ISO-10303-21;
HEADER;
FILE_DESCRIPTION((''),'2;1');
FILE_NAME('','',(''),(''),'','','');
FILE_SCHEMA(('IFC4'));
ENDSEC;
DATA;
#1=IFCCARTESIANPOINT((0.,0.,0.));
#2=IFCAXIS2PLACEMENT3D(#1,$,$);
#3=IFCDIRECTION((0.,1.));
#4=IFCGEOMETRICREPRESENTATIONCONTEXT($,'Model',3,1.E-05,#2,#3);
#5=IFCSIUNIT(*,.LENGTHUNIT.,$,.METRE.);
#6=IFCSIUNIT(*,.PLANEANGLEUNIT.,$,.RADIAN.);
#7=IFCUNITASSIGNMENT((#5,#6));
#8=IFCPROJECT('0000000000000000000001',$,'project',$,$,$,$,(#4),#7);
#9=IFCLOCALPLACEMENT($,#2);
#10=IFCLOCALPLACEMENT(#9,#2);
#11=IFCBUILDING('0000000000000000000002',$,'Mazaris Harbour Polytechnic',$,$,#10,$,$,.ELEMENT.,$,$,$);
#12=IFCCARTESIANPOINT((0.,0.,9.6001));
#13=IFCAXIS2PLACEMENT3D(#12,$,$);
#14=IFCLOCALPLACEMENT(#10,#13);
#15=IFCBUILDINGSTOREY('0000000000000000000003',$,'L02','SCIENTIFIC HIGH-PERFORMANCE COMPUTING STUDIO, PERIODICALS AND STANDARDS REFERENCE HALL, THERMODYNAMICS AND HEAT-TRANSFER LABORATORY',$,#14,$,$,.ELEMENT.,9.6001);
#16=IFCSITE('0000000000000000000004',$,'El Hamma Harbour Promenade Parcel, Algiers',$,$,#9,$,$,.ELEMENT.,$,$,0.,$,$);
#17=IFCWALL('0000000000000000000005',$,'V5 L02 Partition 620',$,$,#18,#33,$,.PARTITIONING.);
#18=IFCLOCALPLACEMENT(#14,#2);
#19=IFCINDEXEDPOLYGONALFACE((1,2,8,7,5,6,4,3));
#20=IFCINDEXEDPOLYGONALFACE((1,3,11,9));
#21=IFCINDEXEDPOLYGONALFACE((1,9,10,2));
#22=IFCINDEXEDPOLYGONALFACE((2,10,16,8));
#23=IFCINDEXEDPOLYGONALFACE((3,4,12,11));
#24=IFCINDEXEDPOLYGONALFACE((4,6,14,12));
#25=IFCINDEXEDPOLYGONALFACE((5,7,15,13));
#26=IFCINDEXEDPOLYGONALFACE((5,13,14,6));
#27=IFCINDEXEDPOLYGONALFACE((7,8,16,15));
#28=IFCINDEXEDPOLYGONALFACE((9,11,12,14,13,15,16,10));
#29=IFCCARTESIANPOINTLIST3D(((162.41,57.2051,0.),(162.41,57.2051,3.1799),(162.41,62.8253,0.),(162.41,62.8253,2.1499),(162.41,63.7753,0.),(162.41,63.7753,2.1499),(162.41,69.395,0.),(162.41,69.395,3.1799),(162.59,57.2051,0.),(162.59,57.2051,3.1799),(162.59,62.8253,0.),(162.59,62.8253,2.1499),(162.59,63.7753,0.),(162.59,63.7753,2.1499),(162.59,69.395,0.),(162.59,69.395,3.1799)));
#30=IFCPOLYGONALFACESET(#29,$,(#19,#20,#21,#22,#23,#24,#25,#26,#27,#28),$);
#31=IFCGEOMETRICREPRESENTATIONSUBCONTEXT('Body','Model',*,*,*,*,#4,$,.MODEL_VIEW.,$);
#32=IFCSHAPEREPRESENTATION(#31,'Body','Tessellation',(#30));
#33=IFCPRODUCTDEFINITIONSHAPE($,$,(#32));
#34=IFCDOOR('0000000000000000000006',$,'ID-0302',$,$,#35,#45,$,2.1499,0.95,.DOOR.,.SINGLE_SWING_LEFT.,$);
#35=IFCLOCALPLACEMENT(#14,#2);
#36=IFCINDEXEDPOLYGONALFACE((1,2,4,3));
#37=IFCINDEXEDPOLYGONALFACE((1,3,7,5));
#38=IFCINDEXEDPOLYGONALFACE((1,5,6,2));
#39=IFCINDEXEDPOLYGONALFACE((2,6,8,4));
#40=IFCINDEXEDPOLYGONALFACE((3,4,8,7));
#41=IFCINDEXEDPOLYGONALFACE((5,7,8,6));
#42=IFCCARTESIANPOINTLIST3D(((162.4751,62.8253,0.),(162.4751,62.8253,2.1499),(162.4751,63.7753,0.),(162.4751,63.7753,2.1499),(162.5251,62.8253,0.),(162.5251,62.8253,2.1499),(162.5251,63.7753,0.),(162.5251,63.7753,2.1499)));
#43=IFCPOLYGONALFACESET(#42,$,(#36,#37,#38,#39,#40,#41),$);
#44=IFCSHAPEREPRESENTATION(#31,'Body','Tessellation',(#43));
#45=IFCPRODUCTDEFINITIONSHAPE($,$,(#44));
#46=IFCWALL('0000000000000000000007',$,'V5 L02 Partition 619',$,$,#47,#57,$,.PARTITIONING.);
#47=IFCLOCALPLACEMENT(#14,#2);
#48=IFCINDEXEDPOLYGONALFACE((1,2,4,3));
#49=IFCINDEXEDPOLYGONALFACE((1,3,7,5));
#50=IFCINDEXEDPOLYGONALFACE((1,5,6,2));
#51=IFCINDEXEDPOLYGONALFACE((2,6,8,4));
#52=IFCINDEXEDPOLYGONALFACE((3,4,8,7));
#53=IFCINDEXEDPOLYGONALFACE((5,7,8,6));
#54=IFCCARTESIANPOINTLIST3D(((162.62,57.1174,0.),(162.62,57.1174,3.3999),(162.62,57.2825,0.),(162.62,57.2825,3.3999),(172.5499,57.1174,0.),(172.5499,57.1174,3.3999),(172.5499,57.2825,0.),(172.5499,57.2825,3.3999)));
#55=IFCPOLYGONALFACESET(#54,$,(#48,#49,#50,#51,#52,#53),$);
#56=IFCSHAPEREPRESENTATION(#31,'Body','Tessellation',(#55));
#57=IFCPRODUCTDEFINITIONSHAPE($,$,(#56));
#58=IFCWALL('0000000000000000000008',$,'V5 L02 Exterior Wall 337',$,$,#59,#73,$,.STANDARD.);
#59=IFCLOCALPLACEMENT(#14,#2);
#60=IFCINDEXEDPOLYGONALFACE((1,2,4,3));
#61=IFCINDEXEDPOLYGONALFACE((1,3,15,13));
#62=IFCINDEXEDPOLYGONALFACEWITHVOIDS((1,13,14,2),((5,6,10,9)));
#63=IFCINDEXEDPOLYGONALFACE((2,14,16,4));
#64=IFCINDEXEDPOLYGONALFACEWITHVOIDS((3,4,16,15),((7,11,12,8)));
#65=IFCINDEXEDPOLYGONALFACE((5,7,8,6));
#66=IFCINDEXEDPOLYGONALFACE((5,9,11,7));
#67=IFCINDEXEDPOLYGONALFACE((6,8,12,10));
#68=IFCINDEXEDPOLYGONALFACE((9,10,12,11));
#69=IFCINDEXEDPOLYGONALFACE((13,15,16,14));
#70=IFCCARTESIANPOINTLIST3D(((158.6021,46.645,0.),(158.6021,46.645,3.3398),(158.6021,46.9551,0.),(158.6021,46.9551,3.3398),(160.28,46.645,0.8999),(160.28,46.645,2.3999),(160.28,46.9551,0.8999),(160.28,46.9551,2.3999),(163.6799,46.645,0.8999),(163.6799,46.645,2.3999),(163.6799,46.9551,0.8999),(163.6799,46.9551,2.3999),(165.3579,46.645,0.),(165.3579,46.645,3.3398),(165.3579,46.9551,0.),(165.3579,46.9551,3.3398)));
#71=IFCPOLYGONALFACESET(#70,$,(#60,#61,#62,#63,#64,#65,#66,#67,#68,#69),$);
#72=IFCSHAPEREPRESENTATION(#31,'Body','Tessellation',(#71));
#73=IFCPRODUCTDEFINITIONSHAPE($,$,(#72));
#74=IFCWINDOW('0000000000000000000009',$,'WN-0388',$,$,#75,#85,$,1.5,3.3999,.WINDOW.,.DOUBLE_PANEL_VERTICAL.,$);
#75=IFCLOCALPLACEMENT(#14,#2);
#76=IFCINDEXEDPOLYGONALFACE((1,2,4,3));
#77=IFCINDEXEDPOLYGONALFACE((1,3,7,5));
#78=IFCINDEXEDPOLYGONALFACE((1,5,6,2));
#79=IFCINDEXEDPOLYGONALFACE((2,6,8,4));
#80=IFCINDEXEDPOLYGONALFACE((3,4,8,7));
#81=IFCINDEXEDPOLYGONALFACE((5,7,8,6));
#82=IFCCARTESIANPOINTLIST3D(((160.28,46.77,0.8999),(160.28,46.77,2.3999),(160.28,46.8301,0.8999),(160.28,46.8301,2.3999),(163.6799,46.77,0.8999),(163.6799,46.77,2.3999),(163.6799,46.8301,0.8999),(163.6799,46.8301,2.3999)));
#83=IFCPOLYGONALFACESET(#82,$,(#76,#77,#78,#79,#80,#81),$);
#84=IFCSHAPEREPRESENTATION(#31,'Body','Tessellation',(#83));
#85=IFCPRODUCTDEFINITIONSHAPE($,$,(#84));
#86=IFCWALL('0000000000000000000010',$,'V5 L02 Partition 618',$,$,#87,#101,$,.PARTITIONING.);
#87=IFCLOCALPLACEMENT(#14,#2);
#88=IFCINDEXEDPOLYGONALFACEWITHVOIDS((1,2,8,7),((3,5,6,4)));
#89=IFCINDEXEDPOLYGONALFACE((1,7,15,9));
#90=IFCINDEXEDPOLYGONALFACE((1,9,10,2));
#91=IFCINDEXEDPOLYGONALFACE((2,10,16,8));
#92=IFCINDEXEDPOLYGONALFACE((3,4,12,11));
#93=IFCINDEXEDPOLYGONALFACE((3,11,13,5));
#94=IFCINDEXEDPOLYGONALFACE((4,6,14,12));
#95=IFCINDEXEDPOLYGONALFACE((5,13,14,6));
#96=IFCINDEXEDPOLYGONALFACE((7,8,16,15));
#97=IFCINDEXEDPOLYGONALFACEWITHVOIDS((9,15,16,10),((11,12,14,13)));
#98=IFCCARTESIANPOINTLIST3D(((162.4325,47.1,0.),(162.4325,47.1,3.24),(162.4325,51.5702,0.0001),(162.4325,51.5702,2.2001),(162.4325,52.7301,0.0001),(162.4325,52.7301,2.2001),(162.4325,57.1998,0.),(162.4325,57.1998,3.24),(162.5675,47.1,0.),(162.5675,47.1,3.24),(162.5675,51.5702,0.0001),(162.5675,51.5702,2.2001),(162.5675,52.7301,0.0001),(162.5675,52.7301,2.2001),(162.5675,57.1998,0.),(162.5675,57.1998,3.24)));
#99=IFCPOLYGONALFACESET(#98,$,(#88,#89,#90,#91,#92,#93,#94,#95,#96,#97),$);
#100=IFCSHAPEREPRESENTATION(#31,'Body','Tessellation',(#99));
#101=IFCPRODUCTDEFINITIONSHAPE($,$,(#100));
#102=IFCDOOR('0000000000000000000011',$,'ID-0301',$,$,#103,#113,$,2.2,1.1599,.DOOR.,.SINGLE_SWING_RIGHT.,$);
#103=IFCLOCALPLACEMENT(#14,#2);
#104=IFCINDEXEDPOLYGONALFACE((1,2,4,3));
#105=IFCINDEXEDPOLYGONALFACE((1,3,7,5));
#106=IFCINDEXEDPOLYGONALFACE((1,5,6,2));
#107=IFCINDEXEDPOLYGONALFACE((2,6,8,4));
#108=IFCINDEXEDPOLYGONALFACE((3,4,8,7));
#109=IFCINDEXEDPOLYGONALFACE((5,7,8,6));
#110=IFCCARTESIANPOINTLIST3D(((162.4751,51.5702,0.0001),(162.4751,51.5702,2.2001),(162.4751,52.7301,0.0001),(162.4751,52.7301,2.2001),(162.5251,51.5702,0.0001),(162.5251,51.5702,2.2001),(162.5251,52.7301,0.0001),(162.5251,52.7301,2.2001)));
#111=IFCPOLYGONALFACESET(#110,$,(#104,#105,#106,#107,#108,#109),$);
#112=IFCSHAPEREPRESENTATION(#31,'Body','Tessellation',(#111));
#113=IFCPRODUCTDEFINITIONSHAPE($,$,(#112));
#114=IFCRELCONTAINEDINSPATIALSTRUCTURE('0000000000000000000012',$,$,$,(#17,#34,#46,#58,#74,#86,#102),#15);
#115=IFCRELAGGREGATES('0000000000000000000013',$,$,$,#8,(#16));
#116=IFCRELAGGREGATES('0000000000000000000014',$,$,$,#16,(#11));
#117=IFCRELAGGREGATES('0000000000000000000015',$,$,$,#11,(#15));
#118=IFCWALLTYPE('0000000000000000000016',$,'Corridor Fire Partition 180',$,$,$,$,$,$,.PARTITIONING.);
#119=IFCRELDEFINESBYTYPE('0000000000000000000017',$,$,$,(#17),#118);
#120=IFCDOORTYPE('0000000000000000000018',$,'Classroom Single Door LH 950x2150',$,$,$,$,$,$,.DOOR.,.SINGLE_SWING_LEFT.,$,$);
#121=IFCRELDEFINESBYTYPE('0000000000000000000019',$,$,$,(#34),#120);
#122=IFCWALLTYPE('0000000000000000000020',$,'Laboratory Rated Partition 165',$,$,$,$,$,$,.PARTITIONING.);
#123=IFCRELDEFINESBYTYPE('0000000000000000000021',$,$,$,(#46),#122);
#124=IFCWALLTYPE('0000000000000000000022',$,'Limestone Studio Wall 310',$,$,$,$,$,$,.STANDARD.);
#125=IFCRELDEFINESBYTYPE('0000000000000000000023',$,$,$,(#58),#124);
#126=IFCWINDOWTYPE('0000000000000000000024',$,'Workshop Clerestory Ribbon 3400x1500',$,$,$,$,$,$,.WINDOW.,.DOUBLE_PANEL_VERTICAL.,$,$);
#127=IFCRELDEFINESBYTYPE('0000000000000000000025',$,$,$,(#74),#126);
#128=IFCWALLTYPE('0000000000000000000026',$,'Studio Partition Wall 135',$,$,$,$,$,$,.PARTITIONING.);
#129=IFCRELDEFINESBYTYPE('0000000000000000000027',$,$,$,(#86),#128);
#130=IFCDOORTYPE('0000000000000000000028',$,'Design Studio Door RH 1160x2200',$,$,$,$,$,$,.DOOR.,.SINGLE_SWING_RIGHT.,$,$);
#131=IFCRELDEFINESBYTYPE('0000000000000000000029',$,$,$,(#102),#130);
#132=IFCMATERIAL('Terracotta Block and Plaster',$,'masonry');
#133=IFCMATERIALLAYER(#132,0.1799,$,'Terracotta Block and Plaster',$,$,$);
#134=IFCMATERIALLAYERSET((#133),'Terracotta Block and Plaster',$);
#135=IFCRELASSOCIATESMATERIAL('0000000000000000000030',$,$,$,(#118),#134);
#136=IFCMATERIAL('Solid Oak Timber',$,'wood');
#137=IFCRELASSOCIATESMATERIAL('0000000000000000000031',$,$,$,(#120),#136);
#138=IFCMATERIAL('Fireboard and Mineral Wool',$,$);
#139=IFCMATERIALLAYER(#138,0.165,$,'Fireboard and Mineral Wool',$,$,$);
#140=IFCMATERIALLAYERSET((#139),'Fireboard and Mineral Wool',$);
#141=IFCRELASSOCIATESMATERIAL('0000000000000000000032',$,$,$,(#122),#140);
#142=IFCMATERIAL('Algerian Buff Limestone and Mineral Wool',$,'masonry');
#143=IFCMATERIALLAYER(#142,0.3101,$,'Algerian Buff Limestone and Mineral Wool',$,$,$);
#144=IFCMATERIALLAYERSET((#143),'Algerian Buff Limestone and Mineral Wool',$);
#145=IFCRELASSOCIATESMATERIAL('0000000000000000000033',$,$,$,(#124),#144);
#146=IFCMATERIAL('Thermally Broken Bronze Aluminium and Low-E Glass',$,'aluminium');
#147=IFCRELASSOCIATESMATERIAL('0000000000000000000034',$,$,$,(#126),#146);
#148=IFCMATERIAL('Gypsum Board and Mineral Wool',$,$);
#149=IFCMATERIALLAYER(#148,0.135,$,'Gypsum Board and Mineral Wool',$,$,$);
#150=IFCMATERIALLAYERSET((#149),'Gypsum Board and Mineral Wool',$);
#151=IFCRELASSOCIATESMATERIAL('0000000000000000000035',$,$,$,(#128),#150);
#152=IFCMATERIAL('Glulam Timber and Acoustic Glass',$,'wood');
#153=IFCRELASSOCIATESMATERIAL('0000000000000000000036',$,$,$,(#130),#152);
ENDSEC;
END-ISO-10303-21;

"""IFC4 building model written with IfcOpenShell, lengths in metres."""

from ifc_helpers import new_model, si_unit, direction, frame, frame_2d, origin, place, context, subcontext, project, spatial, rectangle, extrude, material, layer, layer_set, type_object, element, fill, save


model = new_model("IFC4")

# Units and contexts
model_context = context("Model", 3, precision=1e-05, world=origin(), true_north=direction((0.0, 1.0)))
body_context = subcontext(model_context, "Body", "Model", "MODEL_VIEW")
ifc_project = project(units=[si_unit("LENGTHUNIT", "METRE"), si_unit("PLANEANGLEUNIT", "RADIAN")], contexts=[model_context])

# Site, building, storey
site_placement = place(None, origin())
site = spatial("IfcSite", under=ifc_project, at=site_placement, Name="El Hamma Harbour Promenade Parcel, Algiers", CompositionType="ELEMENT", RefElevation=0.0)
building_placement = place(site_placement, origin())
building = spatial("IfcBuilding", under=site, at=building_placement, Name="Mazaris Harbour Polytechnic", CompositionType="ELEMENT")
storey_placement = place(building_placement, frame((0.0, 0.0, 9.6001)))
storey = spatial("IfcBuildingStorey", under=building, at=storey_placement, Name="L02", Description="SCIENTIFIC HIGH-PERFORMANCE COMPUTING STUDIO, PERIODICALS AND STANDARDS REFERENCE HALL, THERMODYNAMICS AND HEAT-TRANSFER LABORATORY", CompositionType="ELEMENT", Elevation=9.6001)

# Wall, opening, door
ifc_material_1 = material(Name="Terracotta Block and Plaster", Category="masonry")
ifc_layer_1 = layer(ifc_material_1, 0.1799, Name="Terracotta Block and Plaster")
ifc_layer_set_1 = layer_set([ifc_layer_1], Name="Terracotta Block and Plaster")
wall_type_1 = type_object("IfcWallType", Name="Corridor Fire Partition 180", PredefinedType="PARTITIONING", material=ifc_layer_set_1)
wall_1_placement = place(storey_placement, frame((162.5, 57.2051, 0.0), z_axis=(0.0, 0.0, 1.0), x_axis=(0.0, 1.0, 0.0)))
wall_1 = element("IfcWall", 1, at=wall_1_placement, inside=storey, type_object=wall_type_1, Name="V5 L02 Partition 620", PredefinedType="PARTITIONING", context=body_context, shape_type="SweptSolid", body=[
    extrude(rectangle(XDim=12.1899, YDim=0.1799, at=frame_2d((6.095, 0.0))), origin(), (0.0, 0.0, 1.0), 3.1799),
])
opening_1_placement = place(wall_1_placement, frame((5.6201, 0.0, 0.0)))
opening_1 = element("IfcOpeningElement", 2, at=opening_1_placement, cuts=wall_1, PredefinedType="OPENING", context=body_context, shape_type="SweptSolid", body=[
    extrude(rectangle(XDim=0.95, YDim=2.1499, at=frame_2d((0.4751, 1.075))), frame((0.0, 0.0999, 0.0), z_axis=(0.0, -1.0, 0.0), x_axis=(1.0, 0.0, 0.0)), (0.0, 0.0, 1.0), 0.2),
])
ifc_material_2 = material(Name="Solid Oak Timber", Category="wood")
door_type_1 = type_object("IfcDoorType", Name="Classroom Single Door LH 950x2150", OperationType="SINGLE_SWING_LEFT", PredefinedType="DOOR", material=ifc_material_2)
door_1_placement = place(opening_1_placement, origin())
door_1 = element("IfcDoor", 3, at=door_1_placement, inside=storey, type_object=door_type_1, Name="ID-0302", OperationType="SINGLE_SWING_LEFT", OverallHeight=2.1499, OverallWidth=0.95, PredefinedType="DOOR", context=body_context, shape_type="SweptSolid", body=[
    extrude(rectangle(XDim=0.95, YDim=2.1499, at=frame_2d((0.4751, 1.075))), frame((0.0, 0.0249, 0.0), z_axis=(0.0, -1.0, 0.0), x_axis=(1.0, 0.0, 0.0)), (0.0, 0.0, 1.0), 0.05),
])
fill(opening_1, door_1)

# Wall
ifc_material_3 = material(Name="Fireboard and Mineral Wool")
ifc_layer_2 = layer(ifc_material_3, 0.165, Name="Fireboard and Mineral Wool")
ifc_layer_set_2 = layer_set([ifc_layer_2], Name="Fireboard and Mineral Wool")
wall_type_2 = type_object("IfcWallType", Name="Laboratory Rated Partition 165", PredefinedType="PARTITIONING", material=ifc_layer_set_2)
wall_2_placement = place(storey_placement, frame((162.6201, 57.2, 0.0), z_axis=(0.0, 0.0, 1.0), x_axis=(1.0, 0.0, 0.0)))
element("IfcWall", 4, at=wall_2_placement, inside=storey, type_object=wall_type_2, Name="V5 L02 Partition 619", PredefinedType="PARTITIONING", context=body_context, shape_type="SweptSolid", body=[
    extrude(rectangle(XDim=9.9299, YDim=0.165, at=frame_2d((4.9648, 0.0))), origin(), (0.0, 0.0, 1.0), 3.3999),
])

# Wall, opening, window
ifc_material_4 = material(Name="Algerian Buff Limestone and Mineral Wool", Category="masonry")
ifc_layer_3 = layer(ifc_material_4, 0.3101, Name="Algerian Buff Limestone and Mineral Wool")
ifc_layer_set_3 = layer_set([ifc_layer_3], Name="Algerian Buff Limestone and Mineral Wool")
wall_type_3 = type_object("IfcWallType", Name="Limestone Studio Wall 310", PredefinedType="STANDARD", material=ifc_layer_set_3)
wall_3_placement = place(storey_placement, frame((165.3579, 46.8, 0.0), z_axis=(0.0, 0.0, 1.0), x_axis=(-1.0, 0.0, 0.0)))
wall_3 = element("IfcWall", 5, at=wall_3_placement, inside=storey, type_object=wall_type_3, Name="V5 L02 Exterior Wall 337", PredefinedType="STANDARD", context=body_context, shape_type="SweptSolid", body=[
    extrude(rectangle(XDim=6.7559, YDim=0.3101, at=frame_2d((3.3779, 0.0))), origin(), (0.0, 0.0, 1.0), 3.3398),
])
opening_2_placement = place(wall_3_placement, frame((1.678, 0.0, 0.8999)))
opening_2 = element("IfcOpeningElement", 6, at=opening_2_placement, cuts=wall_3, PredefinedType="OPENING", context=body_context, shape_type="SweptSolid", body=[
    extrude(rectangle(XDim=3.3999, YDim=1.5, at=frame_2d((1.7, 0.75))), frame((0.0, 0.165, 0.0), z_axis=(0.0, -1.0, 0.0), x_axis=(1.0, 0.0, 0.0)), (0.0, 0.0, 1.0), 0.3301),
])
ifc_material_5 = material(Name="Thermally Broken Bronze Aluminium and Low-E Glass", Category="aluminium")
window_type = type_object("IfcWindowType", Name="Workshop Clerestory Ribbon 3400x1500", PartitioningType="DOUBLE_PANEL_VERTICAL", PredefinedType="WINDOW", material=ifc_material_5)
window_placement = place(opening_2_placement, origin())
window = element("IfcWindow", 7, at=window_placement, inside=storey, type_object=window_type, Name="WN-0388", OverallHeight=1.5, OverallWidth=3.3999, PartitioningType="DOUBLE_PANEL_VERTICAL", PredefinedType="WINDOW", context=body_context, shape_type="SweptSolid", body=[
    extrude(rectangle(XDim=3.3999, YDim=1.5, at=frame_2d((1.7, 0.75))), frame((0.0, 0.03, 0.0), z_axis=(0.0, -1.0, 0.0), x_axis=(1.0, 0.0, 0.0)), (0.0, 0.0, 1.0), 0.0601),
])
fill(opening_2, window)

# Wall, opening, door
ifc_material_6 = material(Name="Gypsum Board and Mineral Wool")
ifc_layer_4 = layer(ifc_material_6, 0.135, Name="Gypsum Board and Mineral Wool")
ifc_layer_set_4 = layer_set([ifc_layer_4], Name="Gypsum Board and Mineral Wool")
wall_type_4 = type_object("IfcWallType", Name="Studio Partition Wall 135", PredefinedType="PARTITIONING", material=ifc_layer_set_4)
wall_4_placement = place(storey_placement, frame((162.5, 47.1001, 0.0), z_axis=(0.0, 0.0, 1.0), x_axis=(0.0, 1.0, 0.0)))
wall_4 = element("IfcWall", 8, at=wall_4_placement, inside=storey, type_object=wall_type_4, Name="V5 L02 Partition 618", PredefinedType="PARTITIONING", context=body_context, shape_type="SweptSolid", body=[
    extrude(rectangle(XDim=10.0999, YDim=0.135, at=frame_2d((5.0498, 0.0))), origin(), (0.0, 0.0, 1.0), 3.24),
])
opening_3_placement = place(wall_4_placement, frame((4.47, 0.0, 0.0)))
opening_3 = element("IfcOpeningElement", 9, at=opening_3_placement, cuts=wall_4, PredefinedType="OPENING", context=body_context, shape_type="SweptSolid", body=[
    extrude(rectangle(XDim=1.1599, YDim=2.2, at=frame_2d((0.5801, 1.1001))), frame((0.0, 0.0774, 0.0), z_axis=(0.0, -1.0, 0.0), x_axis=(1.0, 0.0, 0.0)), (0.0, 0.0, 1.0), 0.155),
])
ifc_material_7 = material(Name="Glulam Timber and Acoustic Glass", Category="wood")
door_type_2 = type_object("IfcDoorType", Name="Design Studio Door RH 1160x2200", OperationType="SINGLE_SWING_RIGHT", PredefinedType="DOOR", material=ifc_material_7)
door_2_placement = place(opening_3_placement, origin())
door_2 = element("IfcDoor", 10, at=door_2_placement, inside=storey, type_object=door_type_2, Name="ID-0301", OperationType="SINGLE_SWING_RIGHT", OverallHeight=2.2, OverallWidth=1.1599, PredefinedType="DOOR", context=body_context, shape_type="SweptSolid", body=[
    extrude(rectangle(XDim=1.1599, YDim=2.2, at=frame_2d((0.5801, 1.1001))), frame((0.0, 0.0249, 0.0), z_axis=(0.0, -1.0, 0.0), x_axis=(1.0, 0.0, 0.0)), (0.0, 0.0, 1.0), 0.05),
])
fill(opening_3, door_2)

save(model, "model.ifc")
